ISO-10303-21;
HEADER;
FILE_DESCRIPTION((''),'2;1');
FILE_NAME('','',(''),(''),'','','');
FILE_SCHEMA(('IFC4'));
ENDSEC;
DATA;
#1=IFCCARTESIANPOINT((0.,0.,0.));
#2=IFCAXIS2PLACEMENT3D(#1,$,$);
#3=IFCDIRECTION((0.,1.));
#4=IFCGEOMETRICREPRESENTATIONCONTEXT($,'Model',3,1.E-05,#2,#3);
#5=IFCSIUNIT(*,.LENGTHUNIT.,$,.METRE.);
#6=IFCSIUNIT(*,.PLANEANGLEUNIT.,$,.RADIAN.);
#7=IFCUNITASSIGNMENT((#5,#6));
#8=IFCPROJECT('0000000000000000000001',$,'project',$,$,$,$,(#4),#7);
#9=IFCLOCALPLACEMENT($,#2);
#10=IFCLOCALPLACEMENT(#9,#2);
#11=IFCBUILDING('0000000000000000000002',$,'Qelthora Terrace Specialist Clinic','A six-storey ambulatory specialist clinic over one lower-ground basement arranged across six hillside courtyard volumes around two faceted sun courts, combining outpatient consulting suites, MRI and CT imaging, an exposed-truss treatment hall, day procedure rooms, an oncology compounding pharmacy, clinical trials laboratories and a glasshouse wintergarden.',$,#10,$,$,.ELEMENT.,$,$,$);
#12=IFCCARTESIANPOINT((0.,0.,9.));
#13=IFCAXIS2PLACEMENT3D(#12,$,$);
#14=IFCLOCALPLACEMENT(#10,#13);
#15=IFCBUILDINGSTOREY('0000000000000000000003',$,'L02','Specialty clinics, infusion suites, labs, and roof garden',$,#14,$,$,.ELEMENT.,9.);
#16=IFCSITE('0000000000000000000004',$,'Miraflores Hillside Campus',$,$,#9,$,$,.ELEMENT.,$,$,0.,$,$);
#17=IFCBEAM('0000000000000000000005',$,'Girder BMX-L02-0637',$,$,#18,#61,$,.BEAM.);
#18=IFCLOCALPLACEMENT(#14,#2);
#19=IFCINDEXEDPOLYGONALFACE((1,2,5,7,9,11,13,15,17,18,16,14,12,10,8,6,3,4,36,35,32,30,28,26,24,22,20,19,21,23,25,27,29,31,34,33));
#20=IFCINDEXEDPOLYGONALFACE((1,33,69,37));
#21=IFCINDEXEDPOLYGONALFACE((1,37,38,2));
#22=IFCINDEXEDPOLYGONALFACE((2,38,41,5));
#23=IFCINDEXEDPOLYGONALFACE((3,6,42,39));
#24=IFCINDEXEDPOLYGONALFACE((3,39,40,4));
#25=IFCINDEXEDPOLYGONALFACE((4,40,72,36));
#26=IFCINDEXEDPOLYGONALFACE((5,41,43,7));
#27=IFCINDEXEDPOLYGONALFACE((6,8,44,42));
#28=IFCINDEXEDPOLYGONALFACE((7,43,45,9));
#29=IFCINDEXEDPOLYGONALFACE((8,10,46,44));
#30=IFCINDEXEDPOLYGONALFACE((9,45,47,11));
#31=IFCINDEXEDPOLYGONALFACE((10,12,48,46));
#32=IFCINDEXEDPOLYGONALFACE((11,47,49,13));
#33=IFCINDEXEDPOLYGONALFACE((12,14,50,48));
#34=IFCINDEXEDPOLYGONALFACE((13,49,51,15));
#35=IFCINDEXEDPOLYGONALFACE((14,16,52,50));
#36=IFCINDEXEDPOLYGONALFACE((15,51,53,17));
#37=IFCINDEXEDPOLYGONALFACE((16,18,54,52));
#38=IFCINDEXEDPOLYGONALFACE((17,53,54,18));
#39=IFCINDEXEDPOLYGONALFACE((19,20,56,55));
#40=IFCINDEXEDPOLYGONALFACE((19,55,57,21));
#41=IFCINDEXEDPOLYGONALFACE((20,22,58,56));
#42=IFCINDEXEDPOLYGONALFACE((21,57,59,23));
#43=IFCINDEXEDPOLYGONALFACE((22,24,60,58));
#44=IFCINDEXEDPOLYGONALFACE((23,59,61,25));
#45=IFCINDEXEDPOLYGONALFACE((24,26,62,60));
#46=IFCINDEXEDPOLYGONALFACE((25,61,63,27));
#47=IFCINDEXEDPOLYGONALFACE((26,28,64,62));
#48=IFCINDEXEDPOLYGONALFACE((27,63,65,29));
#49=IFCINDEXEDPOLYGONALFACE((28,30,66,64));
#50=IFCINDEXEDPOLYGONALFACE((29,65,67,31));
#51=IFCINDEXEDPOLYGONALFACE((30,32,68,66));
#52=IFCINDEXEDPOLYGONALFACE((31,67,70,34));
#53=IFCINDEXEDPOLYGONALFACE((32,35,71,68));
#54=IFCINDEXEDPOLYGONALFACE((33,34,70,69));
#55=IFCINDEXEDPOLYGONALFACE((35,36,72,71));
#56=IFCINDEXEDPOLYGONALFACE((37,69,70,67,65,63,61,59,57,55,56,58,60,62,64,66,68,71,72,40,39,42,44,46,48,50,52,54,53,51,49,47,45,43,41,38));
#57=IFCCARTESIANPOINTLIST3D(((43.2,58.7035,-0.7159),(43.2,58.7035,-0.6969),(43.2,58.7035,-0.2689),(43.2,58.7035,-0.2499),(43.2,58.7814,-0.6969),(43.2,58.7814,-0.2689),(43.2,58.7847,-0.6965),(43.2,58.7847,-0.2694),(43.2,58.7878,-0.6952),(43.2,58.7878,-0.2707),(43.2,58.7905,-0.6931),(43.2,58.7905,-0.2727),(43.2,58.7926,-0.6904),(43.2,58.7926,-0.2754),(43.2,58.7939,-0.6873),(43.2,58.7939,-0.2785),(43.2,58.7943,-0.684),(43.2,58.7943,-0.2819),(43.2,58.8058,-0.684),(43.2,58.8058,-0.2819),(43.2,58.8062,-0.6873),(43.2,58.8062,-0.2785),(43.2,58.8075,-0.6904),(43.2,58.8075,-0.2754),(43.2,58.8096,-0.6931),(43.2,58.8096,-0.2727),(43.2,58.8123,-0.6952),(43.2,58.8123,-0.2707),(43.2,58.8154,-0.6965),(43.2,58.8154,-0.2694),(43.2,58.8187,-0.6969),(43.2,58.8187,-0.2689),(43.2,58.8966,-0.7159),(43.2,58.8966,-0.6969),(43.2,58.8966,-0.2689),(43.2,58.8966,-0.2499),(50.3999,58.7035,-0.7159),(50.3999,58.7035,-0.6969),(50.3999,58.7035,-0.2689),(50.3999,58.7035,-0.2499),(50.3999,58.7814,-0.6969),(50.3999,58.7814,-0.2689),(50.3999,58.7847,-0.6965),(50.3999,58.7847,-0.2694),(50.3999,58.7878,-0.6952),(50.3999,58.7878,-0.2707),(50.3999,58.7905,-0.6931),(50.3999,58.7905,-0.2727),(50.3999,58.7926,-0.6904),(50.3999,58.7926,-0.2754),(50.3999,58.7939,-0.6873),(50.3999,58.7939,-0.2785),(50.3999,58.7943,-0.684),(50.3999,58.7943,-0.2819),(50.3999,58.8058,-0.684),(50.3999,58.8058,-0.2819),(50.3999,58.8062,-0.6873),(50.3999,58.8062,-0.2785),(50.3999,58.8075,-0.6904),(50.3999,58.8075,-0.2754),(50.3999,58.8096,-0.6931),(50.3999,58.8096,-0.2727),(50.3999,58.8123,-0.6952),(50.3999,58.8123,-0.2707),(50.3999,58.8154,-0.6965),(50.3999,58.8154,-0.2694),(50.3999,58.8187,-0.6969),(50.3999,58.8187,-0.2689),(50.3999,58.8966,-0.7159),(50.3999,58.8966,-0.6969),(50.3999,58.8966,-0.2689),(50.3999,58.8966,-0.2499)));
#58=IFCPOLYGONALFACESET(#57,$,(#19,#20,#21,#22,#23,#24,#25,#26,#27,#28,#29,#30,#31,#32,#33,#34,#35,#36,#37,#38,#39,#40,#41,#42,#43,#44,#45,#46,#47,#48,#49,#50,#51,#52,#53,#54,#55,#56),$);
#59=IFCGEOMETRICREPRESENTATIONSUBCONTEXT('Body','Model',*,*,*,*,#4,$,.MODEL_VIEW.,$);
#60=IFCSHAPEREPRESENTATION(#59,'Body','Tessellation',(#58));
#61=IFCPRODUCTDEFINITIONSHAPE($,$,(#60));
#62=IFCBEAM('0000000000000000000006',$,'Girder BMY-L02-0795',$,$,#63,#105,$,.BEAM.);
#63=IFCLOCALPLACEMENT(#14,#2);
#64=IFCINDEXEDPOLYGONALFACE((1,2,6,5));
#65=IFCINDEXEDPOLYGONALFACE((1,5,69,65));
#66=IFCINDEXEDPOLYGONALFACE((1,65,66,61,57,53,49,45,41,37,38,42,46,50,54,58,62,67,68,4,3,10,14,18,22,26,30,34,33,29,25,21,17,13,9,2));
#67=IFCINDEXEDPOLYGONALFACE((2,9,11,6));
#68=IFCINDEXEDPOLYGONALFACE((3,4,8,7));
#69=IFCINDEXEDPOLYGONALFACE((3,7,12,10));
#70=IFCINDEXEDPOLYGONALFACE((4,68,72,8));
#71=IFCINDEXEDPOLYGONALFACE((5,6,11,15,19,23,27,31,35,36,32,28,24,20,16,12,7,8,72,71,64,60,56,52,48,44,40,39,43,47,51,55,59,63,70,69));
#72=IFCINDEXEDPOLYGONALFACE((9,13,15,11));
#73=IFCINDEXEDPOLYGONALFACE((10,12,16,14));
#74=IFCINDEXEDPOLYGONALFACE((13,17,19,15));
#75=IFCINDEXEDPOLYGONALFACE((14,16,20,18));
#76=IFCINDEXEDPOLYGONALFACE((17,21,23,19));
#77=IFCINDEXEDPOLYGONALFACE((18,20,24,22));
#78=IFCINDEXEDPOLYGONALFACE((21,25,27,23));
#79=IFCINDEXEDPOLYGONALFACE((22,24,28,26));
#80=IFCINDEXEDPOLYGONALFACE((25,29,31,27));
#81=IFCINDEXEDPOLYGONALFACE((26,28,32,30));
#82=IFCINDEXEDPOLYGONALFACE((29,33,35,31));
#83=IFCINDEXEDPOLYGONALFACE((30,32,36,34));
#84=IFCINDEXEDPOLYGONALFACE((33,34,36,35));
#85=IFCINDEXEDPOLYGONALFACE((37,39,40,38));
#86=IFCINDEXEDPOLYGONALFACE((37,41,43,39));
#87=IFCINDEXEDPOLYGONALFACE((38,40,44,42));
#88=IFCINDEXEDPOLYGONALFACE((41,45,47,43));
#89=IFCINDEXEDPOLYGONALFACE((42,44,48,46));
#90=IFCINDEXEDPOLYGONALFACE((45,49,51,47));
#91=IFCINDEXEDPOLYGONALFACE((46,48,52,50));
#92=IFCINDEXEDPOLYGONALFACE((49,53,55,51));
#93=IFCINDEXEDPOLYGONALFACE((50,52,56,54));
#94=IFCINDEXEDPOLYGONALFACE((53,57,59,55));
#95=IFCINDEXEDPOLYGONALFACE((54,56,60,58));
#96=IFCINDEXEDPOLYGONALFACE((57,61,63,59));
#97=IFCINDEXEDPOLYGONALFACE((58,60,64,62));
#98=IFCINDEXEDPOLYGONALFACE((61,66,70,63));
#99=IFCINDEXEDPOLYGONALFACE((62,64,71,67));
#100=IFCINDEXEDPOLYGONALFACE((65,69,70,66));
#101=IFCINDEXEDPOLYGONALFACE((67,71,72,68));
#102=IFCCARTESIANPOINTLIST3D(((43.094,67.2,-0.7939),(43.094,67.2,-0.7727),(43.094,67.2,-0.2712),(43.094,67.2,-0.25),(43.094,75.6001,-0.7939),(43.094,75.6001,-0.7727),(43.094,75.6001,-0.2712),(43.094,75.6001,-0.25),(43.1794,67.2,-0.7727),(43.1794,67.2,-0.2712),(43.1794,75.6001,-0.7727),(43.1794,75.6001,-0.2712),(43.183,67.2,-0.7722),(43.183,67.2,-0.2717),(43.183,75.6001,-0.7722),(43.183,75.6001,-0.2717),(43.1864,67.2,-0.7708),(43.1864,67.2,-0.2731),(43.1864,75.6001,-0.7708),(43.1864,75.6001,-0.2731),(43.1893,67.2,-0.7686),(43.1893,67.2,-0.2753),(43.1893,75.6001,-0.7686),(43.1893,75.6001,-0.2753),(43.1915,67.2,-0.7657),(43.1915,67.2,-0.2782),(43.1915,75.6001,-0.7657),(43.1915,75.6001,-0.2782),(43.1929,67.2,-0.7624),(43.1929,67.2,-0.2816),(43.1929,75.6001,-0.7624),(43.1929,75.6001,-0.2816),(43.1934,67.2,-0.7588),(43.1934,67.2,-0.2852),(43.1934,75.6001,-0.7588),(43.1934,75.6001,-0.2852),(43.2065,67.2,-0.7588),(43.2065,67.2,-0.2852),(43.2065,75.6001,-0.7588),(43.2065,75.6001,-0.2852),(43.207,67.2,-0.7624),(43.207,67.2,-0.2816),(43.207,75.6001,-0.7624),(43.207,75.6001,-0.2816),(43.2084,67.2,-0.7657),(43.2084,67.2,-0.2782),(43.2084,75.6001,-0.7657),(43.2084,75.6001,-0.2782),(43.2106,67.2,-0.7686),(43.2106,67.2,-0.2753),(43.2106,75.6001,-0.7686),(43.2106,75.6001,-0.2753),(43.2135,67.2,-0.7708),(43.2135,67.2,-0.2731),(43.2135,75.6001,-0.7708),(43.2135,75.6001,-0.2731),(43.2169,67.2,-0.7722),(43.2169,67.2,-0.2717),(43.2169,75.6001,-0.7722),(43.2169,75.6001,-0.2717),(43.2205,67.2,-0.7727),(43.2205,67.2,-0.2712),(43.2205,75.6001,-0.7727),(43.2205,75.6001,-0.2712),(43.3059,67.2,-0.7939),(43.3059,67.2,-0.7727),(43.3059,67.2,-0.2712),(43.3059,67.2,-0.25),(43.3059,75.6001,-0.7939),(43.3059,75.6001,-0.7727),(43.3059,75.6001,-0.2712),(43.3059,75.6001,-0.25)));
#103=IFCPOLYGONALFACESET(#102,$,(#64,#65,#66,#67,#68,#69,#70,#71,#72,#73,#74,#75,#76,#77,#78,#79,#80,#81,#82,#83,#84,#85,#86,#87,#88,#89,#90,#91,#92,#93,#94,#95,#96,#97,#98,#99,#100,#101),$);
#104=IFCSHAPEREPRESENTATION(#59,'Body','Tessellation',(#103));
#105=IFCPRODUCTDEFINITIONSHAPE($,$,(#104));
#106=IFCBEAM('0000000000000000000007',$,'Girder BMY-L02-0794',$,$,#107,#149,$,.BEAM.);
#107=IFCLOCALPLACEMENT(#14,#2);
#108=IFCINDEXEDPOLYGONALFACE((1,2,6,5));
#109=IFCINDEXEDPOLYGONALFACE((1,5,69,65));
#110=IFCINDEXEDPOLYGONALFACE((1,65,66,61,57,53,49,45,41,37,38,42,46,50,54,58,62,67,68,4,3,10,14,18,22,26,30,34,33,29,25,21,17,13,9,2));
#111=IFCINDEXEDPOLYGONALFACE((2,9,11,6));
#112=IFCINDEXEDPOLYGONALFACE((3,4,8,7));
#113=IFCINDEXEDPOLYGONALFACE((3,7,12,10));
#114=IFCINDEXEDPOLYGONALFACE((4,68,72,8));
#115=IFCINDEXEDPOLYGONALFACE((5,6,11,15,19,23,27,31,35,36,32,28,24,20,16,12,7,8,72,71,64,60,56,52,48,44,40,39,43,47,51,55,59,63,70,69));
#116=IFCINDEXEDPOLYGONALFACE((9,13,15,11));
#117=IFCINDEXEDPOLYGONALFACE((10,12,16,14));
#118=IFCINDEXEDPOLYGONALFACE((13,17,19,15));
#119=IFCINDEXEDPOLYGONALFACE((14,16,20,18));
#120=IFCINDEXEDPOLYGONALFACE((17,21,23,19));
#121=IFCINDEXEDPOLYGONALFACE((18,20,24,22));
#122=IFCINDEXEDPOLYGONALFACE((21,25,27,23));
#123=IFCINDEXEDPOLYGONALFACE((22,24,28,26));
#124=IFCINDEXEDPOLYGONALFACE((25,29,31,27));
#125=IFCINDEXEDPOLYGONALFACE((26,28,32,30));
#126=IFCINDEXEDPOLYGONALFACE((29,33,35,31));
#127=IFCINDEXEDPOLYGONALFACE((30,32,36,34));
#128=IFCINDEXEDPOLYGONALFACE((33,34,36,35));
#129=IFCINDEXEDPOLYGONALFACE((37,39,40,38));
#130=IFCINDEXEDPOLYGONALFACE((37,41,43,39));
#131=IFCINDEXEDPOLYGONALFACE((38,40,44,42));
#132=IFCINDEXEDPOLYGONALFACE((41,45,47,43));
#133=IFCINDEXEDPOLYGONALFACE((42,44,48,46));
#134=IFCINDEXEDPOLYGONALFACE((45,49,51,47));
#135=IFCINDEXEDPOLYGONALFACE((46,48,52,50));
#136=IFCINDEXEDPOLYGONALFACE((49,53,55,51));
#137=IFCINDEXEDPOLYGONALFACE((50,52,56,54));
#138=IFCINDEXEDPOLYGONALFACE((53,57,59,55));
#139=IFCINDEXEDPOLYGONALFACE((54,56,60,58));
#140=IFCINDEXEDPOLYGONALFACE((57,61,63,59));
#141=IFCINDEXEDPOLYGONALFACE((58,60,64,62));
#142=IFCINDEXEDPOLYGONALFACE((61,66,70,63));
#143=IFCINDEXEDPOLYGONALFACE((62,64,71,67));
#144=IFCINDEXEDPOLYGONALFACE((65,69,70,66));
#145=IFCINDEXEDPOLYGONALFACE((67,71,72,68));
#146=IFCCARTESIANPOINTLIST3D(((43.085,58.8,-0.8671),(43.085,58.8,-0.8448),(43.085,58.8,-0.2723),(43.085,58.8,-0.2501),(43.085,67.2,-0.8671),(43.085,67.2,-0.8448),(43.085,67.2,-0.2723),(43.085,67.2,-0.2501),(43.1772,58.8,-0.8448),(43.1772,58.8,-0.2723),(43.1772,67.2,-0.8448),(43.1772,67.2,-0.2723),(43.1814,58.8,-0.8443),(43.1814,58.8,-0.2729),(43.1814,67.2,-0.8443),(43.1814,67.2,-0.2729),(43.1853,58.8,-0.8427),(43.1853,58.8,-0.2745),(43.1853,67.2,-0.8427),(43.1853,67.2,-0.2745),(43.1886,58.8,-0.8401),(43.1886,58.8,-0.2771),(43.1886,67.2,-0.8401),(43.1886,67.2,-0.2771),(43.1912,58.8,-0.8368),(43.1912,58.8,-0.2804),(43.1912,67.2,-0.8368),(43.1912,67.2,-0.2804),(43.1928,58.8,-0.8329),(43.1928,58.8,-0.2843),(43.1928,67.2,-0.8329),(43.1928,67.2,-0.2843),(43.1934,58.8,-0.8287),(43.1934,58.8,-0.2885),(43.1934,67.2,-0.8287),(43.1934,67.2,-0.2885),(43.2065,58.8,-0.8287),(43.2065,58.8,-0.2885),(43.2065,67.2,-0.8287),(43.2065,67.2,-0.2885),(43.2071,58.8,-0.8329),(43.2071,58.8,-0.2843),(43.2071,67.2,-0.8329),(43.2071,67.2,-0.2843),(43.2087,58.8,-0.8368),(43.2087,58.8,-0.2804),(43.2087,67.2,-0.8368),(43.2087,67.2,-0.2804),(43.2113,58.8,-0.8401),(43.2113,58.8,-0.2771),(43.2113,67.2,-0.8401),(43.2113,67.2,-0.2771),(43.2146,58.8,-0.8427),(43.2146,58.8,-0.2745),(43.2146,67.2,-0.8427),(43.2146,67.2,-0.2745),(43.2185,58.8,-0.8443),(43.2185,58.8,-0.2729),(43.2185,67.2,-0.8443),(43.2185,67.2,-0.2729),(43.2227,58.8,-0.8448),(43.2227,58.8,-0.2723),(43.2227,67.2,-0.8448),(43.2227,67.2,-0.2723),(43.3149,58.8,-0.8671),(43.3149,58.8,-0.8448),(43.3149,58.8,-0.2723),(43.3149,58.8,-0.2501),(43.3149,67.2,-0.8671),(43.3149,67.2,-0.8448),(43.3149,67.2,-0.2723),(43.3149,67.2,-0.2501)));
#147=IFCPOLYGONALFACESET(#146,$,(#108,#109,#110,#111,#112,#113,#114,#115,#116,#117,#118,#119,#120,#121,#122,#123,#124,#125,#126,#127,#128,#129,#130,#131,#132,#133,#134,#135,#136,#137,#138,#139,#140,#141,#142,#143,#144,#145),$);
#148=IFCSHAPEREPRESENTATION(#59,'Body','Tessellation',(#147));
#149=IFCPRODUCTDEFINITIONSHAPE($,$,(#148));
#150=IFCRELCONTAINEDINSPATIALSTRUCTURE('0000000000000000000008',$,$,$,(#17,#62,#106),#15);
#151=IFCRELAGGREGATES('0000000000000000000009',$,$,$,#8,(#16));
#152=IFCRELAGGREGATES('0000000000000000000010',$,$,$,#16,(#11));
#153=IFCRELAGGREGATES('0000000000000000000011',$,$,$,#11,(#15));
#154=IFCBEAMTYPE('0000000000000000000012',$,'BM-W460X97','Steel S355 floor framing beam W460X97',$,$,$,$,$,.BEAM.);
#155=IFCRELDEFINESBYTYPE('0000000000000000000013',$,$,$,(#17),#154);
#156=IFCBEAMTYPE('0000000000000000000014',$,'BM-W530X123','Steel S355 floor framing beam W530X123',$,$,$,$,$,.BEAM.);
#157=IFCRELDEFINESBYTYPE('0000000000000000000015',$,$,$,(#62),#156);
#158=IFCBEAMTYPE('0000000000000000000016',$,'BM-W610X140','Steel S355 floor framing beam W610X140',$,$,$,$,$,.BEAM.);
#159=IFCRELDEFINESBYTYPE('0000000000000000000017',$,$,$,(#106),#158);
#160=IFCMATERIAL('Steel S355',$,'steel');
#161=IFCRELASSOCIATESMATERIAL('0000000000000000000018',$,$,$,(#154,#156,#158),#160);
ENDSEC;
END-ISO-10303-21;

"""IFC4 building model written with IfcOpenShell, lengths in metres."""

from ifc_helpers import new_model, si_unit, direction, frame, origin, origin_2d, place, context, subcontext, project, spatial, i_section, extrude, material, material_profile, profile_set, type_object, element, save


model = new_model("IFC4")

# Units and contexts
model_context = context("Model", 3, precision=1e-05, world=origin(), true_north=direction((0.0, 1.0)))
body_context = subcontext(model_context, "Body", "Model", "MODEL_VIEW")
ifc_project = project(units=[si_unit("LENGTHUNIT", "METRE"), si_unit("PLANEANGLEUNIT", "RADIAN")], contexts=[model_context])

# Site, building, storey
site_placement = place(None, origin())
site = spatial("IfcSite", under=ifc_project, at=site_placement, Name="Miraflores Hillside Campus", CompositionType="ELEMENT", RefElevation=0.0)
building_placement = place(site_placement, origin())
building = spatial("IfcBuilding", under=site, at=building_placement, Name="Qelthora Terrace Specialist Clinic", Description="A six-storey ambulatory specialist clinic over one lower-ground basement arranged across six hillside courtyard volumes around two faceted sun courts, combining outpatient consulting suites, MRI and CT imaging, an exposed-truss treatment hall, day procedure rooms, an oncology compounding pharmacy, clinical trials laboratories and a glasshouse wintergarden.", CompositionType="ELEMENT")
storey_placement = place(building_placement, frame((0.0, 0.0, 9.0)))
storey = spatial("IfcBuildingStorey", under=building, at=storey_placement, Name="L02", Description="Specialty clinics, infusion suites, labs, and roof garden", CompositionType="ELEMENT", Elevation=9.0)

# Shared definitions
ifc_material_1 = material(Name="Steel S355", Category="steel")

# Beams
ifc_material_profile_1 = material_profile(ifc_material_1, i_section(OverallWidth=0.1931, OverallDepth=0.4661, WebThickness=0.0115, FlangeThickness=0.019, FilletRadius=0.0129, at=origin_2d()), Name="W460X97")
ifc_profile_set_1 = profile_set([ifc_material_profile_1], Name="Steel S355")
beam_type_1 = type_object("IfcBeamType", Name="BM-W460X97", Description="Steel S355 floor framing beam W460X97", PredefinedType="BEAM", material=ifc_profile_set_1)
beam_1_placement = place(storey_placement, frame((43.2, 58.8, -0.4829), z_axis=(1.0, 0.0, 0.0), x_axis=(0.0, 1.0, 0.0)))
element("IfcBeam", 1, at=beam_1_placement, inside=storey, type_object=beam_type_1, Name="Girder BMX-L02-0637", PredefinedType="BEAM", context=body_context, shape_type="SweptSolid", body=[
    extrude(i_section(OverallWidth=0.1931, OverallDepth=0.4661, WebThickness=0.0115, FlangeThickness=0.019, FilletRadius=0.0129, at=origin_2d()), origin(), (0.0, 0.0, 1.0), 7.2),
])
ifc_material_profile_2 = material_profile(ifc_material_1, i_section(OverallWidth=0.2119, OverallDepth=0.5439, WebThickness=0.0132, FlangeThickness=0.0212, FilletRadius=0.0139, at=origin_2d()), Name="W530X123")
ifc_profile_set_2 = profile_set([ifc_material_profile_2], Name="Steel S355")
beam_type_2 = type_object("IfcBeamType", Name="BM-W530X123", Description="Steel S355 floor framing beam W530X123", PredefinedType="BEAM", material=ifc_profile_set_2)
beam_2_placement = place(storey_placement, frame((43.2, 67.2, -0.522), z_axis=(0.0, 1.0, 0.0), x_axis=(-1.0, 0.0, 0.0)))
element("IfcBeam", 2, at=beam_2_placement, inside=storey, type_object=beam_type_2, Name="Girder BMY-L02-0795", PredefinedType="BEAM", context=body_context, shape_type="SweptSolid", body=[
    extrude(i_section(OverallWidth=0.2119, OverallDepth=0.5439, WebThickness=0.0132, FlangeThickness=0.0212, FilletRadius=0.0139, at=origin_2d()), origin(), (0.0, 0.0, 1.0), 8.4001),
])
ifc_material_profile_3 = material_profile(ifc_material_1, i_section(OverallWidth=0.23, OverallDepth=0.6169, WebThickness=0.0132, FlangeThickness=0.0222, FilletRadius=0.0161, at=origin_2d()), Name="W610X140")
ifc_profile_set_3 = profile_set([ifc_material_profile_3], Name="Steel S355")
beam_type_3 = type_object("IfcBeamType", Name="BM-W610X140", Description="Steel S355 floor framing beam W610X140", PredefinedType="BEAM", material=ifc_profile_set_3)
beam_3_placement = place(storey_placement, frame((43.2, 58.8, -0.5586), z_axis=(0.0, 1.0, 0.0), x_axis=(-1.0, 0.0, 0.0)))
element("IfcBeam", 3, at=beam_3_placement, inside=storey, type_object=beam_type_3, Name="Girder BMY-L02-0794", PredefinedType="BEAM", context=body_context, shape_type="SweptSolid", body=[
    extrude(i_section(OverallWidth=0.23, OverallDepth=0.6169, WebThickness=0.0132, FlangeThickness=0.0222, FilletRadius=0.0161, at=origin_2d()), origin(), (0.0, 0.0, 1.0), 8.3999),
])

save(model, "model.ifc")
